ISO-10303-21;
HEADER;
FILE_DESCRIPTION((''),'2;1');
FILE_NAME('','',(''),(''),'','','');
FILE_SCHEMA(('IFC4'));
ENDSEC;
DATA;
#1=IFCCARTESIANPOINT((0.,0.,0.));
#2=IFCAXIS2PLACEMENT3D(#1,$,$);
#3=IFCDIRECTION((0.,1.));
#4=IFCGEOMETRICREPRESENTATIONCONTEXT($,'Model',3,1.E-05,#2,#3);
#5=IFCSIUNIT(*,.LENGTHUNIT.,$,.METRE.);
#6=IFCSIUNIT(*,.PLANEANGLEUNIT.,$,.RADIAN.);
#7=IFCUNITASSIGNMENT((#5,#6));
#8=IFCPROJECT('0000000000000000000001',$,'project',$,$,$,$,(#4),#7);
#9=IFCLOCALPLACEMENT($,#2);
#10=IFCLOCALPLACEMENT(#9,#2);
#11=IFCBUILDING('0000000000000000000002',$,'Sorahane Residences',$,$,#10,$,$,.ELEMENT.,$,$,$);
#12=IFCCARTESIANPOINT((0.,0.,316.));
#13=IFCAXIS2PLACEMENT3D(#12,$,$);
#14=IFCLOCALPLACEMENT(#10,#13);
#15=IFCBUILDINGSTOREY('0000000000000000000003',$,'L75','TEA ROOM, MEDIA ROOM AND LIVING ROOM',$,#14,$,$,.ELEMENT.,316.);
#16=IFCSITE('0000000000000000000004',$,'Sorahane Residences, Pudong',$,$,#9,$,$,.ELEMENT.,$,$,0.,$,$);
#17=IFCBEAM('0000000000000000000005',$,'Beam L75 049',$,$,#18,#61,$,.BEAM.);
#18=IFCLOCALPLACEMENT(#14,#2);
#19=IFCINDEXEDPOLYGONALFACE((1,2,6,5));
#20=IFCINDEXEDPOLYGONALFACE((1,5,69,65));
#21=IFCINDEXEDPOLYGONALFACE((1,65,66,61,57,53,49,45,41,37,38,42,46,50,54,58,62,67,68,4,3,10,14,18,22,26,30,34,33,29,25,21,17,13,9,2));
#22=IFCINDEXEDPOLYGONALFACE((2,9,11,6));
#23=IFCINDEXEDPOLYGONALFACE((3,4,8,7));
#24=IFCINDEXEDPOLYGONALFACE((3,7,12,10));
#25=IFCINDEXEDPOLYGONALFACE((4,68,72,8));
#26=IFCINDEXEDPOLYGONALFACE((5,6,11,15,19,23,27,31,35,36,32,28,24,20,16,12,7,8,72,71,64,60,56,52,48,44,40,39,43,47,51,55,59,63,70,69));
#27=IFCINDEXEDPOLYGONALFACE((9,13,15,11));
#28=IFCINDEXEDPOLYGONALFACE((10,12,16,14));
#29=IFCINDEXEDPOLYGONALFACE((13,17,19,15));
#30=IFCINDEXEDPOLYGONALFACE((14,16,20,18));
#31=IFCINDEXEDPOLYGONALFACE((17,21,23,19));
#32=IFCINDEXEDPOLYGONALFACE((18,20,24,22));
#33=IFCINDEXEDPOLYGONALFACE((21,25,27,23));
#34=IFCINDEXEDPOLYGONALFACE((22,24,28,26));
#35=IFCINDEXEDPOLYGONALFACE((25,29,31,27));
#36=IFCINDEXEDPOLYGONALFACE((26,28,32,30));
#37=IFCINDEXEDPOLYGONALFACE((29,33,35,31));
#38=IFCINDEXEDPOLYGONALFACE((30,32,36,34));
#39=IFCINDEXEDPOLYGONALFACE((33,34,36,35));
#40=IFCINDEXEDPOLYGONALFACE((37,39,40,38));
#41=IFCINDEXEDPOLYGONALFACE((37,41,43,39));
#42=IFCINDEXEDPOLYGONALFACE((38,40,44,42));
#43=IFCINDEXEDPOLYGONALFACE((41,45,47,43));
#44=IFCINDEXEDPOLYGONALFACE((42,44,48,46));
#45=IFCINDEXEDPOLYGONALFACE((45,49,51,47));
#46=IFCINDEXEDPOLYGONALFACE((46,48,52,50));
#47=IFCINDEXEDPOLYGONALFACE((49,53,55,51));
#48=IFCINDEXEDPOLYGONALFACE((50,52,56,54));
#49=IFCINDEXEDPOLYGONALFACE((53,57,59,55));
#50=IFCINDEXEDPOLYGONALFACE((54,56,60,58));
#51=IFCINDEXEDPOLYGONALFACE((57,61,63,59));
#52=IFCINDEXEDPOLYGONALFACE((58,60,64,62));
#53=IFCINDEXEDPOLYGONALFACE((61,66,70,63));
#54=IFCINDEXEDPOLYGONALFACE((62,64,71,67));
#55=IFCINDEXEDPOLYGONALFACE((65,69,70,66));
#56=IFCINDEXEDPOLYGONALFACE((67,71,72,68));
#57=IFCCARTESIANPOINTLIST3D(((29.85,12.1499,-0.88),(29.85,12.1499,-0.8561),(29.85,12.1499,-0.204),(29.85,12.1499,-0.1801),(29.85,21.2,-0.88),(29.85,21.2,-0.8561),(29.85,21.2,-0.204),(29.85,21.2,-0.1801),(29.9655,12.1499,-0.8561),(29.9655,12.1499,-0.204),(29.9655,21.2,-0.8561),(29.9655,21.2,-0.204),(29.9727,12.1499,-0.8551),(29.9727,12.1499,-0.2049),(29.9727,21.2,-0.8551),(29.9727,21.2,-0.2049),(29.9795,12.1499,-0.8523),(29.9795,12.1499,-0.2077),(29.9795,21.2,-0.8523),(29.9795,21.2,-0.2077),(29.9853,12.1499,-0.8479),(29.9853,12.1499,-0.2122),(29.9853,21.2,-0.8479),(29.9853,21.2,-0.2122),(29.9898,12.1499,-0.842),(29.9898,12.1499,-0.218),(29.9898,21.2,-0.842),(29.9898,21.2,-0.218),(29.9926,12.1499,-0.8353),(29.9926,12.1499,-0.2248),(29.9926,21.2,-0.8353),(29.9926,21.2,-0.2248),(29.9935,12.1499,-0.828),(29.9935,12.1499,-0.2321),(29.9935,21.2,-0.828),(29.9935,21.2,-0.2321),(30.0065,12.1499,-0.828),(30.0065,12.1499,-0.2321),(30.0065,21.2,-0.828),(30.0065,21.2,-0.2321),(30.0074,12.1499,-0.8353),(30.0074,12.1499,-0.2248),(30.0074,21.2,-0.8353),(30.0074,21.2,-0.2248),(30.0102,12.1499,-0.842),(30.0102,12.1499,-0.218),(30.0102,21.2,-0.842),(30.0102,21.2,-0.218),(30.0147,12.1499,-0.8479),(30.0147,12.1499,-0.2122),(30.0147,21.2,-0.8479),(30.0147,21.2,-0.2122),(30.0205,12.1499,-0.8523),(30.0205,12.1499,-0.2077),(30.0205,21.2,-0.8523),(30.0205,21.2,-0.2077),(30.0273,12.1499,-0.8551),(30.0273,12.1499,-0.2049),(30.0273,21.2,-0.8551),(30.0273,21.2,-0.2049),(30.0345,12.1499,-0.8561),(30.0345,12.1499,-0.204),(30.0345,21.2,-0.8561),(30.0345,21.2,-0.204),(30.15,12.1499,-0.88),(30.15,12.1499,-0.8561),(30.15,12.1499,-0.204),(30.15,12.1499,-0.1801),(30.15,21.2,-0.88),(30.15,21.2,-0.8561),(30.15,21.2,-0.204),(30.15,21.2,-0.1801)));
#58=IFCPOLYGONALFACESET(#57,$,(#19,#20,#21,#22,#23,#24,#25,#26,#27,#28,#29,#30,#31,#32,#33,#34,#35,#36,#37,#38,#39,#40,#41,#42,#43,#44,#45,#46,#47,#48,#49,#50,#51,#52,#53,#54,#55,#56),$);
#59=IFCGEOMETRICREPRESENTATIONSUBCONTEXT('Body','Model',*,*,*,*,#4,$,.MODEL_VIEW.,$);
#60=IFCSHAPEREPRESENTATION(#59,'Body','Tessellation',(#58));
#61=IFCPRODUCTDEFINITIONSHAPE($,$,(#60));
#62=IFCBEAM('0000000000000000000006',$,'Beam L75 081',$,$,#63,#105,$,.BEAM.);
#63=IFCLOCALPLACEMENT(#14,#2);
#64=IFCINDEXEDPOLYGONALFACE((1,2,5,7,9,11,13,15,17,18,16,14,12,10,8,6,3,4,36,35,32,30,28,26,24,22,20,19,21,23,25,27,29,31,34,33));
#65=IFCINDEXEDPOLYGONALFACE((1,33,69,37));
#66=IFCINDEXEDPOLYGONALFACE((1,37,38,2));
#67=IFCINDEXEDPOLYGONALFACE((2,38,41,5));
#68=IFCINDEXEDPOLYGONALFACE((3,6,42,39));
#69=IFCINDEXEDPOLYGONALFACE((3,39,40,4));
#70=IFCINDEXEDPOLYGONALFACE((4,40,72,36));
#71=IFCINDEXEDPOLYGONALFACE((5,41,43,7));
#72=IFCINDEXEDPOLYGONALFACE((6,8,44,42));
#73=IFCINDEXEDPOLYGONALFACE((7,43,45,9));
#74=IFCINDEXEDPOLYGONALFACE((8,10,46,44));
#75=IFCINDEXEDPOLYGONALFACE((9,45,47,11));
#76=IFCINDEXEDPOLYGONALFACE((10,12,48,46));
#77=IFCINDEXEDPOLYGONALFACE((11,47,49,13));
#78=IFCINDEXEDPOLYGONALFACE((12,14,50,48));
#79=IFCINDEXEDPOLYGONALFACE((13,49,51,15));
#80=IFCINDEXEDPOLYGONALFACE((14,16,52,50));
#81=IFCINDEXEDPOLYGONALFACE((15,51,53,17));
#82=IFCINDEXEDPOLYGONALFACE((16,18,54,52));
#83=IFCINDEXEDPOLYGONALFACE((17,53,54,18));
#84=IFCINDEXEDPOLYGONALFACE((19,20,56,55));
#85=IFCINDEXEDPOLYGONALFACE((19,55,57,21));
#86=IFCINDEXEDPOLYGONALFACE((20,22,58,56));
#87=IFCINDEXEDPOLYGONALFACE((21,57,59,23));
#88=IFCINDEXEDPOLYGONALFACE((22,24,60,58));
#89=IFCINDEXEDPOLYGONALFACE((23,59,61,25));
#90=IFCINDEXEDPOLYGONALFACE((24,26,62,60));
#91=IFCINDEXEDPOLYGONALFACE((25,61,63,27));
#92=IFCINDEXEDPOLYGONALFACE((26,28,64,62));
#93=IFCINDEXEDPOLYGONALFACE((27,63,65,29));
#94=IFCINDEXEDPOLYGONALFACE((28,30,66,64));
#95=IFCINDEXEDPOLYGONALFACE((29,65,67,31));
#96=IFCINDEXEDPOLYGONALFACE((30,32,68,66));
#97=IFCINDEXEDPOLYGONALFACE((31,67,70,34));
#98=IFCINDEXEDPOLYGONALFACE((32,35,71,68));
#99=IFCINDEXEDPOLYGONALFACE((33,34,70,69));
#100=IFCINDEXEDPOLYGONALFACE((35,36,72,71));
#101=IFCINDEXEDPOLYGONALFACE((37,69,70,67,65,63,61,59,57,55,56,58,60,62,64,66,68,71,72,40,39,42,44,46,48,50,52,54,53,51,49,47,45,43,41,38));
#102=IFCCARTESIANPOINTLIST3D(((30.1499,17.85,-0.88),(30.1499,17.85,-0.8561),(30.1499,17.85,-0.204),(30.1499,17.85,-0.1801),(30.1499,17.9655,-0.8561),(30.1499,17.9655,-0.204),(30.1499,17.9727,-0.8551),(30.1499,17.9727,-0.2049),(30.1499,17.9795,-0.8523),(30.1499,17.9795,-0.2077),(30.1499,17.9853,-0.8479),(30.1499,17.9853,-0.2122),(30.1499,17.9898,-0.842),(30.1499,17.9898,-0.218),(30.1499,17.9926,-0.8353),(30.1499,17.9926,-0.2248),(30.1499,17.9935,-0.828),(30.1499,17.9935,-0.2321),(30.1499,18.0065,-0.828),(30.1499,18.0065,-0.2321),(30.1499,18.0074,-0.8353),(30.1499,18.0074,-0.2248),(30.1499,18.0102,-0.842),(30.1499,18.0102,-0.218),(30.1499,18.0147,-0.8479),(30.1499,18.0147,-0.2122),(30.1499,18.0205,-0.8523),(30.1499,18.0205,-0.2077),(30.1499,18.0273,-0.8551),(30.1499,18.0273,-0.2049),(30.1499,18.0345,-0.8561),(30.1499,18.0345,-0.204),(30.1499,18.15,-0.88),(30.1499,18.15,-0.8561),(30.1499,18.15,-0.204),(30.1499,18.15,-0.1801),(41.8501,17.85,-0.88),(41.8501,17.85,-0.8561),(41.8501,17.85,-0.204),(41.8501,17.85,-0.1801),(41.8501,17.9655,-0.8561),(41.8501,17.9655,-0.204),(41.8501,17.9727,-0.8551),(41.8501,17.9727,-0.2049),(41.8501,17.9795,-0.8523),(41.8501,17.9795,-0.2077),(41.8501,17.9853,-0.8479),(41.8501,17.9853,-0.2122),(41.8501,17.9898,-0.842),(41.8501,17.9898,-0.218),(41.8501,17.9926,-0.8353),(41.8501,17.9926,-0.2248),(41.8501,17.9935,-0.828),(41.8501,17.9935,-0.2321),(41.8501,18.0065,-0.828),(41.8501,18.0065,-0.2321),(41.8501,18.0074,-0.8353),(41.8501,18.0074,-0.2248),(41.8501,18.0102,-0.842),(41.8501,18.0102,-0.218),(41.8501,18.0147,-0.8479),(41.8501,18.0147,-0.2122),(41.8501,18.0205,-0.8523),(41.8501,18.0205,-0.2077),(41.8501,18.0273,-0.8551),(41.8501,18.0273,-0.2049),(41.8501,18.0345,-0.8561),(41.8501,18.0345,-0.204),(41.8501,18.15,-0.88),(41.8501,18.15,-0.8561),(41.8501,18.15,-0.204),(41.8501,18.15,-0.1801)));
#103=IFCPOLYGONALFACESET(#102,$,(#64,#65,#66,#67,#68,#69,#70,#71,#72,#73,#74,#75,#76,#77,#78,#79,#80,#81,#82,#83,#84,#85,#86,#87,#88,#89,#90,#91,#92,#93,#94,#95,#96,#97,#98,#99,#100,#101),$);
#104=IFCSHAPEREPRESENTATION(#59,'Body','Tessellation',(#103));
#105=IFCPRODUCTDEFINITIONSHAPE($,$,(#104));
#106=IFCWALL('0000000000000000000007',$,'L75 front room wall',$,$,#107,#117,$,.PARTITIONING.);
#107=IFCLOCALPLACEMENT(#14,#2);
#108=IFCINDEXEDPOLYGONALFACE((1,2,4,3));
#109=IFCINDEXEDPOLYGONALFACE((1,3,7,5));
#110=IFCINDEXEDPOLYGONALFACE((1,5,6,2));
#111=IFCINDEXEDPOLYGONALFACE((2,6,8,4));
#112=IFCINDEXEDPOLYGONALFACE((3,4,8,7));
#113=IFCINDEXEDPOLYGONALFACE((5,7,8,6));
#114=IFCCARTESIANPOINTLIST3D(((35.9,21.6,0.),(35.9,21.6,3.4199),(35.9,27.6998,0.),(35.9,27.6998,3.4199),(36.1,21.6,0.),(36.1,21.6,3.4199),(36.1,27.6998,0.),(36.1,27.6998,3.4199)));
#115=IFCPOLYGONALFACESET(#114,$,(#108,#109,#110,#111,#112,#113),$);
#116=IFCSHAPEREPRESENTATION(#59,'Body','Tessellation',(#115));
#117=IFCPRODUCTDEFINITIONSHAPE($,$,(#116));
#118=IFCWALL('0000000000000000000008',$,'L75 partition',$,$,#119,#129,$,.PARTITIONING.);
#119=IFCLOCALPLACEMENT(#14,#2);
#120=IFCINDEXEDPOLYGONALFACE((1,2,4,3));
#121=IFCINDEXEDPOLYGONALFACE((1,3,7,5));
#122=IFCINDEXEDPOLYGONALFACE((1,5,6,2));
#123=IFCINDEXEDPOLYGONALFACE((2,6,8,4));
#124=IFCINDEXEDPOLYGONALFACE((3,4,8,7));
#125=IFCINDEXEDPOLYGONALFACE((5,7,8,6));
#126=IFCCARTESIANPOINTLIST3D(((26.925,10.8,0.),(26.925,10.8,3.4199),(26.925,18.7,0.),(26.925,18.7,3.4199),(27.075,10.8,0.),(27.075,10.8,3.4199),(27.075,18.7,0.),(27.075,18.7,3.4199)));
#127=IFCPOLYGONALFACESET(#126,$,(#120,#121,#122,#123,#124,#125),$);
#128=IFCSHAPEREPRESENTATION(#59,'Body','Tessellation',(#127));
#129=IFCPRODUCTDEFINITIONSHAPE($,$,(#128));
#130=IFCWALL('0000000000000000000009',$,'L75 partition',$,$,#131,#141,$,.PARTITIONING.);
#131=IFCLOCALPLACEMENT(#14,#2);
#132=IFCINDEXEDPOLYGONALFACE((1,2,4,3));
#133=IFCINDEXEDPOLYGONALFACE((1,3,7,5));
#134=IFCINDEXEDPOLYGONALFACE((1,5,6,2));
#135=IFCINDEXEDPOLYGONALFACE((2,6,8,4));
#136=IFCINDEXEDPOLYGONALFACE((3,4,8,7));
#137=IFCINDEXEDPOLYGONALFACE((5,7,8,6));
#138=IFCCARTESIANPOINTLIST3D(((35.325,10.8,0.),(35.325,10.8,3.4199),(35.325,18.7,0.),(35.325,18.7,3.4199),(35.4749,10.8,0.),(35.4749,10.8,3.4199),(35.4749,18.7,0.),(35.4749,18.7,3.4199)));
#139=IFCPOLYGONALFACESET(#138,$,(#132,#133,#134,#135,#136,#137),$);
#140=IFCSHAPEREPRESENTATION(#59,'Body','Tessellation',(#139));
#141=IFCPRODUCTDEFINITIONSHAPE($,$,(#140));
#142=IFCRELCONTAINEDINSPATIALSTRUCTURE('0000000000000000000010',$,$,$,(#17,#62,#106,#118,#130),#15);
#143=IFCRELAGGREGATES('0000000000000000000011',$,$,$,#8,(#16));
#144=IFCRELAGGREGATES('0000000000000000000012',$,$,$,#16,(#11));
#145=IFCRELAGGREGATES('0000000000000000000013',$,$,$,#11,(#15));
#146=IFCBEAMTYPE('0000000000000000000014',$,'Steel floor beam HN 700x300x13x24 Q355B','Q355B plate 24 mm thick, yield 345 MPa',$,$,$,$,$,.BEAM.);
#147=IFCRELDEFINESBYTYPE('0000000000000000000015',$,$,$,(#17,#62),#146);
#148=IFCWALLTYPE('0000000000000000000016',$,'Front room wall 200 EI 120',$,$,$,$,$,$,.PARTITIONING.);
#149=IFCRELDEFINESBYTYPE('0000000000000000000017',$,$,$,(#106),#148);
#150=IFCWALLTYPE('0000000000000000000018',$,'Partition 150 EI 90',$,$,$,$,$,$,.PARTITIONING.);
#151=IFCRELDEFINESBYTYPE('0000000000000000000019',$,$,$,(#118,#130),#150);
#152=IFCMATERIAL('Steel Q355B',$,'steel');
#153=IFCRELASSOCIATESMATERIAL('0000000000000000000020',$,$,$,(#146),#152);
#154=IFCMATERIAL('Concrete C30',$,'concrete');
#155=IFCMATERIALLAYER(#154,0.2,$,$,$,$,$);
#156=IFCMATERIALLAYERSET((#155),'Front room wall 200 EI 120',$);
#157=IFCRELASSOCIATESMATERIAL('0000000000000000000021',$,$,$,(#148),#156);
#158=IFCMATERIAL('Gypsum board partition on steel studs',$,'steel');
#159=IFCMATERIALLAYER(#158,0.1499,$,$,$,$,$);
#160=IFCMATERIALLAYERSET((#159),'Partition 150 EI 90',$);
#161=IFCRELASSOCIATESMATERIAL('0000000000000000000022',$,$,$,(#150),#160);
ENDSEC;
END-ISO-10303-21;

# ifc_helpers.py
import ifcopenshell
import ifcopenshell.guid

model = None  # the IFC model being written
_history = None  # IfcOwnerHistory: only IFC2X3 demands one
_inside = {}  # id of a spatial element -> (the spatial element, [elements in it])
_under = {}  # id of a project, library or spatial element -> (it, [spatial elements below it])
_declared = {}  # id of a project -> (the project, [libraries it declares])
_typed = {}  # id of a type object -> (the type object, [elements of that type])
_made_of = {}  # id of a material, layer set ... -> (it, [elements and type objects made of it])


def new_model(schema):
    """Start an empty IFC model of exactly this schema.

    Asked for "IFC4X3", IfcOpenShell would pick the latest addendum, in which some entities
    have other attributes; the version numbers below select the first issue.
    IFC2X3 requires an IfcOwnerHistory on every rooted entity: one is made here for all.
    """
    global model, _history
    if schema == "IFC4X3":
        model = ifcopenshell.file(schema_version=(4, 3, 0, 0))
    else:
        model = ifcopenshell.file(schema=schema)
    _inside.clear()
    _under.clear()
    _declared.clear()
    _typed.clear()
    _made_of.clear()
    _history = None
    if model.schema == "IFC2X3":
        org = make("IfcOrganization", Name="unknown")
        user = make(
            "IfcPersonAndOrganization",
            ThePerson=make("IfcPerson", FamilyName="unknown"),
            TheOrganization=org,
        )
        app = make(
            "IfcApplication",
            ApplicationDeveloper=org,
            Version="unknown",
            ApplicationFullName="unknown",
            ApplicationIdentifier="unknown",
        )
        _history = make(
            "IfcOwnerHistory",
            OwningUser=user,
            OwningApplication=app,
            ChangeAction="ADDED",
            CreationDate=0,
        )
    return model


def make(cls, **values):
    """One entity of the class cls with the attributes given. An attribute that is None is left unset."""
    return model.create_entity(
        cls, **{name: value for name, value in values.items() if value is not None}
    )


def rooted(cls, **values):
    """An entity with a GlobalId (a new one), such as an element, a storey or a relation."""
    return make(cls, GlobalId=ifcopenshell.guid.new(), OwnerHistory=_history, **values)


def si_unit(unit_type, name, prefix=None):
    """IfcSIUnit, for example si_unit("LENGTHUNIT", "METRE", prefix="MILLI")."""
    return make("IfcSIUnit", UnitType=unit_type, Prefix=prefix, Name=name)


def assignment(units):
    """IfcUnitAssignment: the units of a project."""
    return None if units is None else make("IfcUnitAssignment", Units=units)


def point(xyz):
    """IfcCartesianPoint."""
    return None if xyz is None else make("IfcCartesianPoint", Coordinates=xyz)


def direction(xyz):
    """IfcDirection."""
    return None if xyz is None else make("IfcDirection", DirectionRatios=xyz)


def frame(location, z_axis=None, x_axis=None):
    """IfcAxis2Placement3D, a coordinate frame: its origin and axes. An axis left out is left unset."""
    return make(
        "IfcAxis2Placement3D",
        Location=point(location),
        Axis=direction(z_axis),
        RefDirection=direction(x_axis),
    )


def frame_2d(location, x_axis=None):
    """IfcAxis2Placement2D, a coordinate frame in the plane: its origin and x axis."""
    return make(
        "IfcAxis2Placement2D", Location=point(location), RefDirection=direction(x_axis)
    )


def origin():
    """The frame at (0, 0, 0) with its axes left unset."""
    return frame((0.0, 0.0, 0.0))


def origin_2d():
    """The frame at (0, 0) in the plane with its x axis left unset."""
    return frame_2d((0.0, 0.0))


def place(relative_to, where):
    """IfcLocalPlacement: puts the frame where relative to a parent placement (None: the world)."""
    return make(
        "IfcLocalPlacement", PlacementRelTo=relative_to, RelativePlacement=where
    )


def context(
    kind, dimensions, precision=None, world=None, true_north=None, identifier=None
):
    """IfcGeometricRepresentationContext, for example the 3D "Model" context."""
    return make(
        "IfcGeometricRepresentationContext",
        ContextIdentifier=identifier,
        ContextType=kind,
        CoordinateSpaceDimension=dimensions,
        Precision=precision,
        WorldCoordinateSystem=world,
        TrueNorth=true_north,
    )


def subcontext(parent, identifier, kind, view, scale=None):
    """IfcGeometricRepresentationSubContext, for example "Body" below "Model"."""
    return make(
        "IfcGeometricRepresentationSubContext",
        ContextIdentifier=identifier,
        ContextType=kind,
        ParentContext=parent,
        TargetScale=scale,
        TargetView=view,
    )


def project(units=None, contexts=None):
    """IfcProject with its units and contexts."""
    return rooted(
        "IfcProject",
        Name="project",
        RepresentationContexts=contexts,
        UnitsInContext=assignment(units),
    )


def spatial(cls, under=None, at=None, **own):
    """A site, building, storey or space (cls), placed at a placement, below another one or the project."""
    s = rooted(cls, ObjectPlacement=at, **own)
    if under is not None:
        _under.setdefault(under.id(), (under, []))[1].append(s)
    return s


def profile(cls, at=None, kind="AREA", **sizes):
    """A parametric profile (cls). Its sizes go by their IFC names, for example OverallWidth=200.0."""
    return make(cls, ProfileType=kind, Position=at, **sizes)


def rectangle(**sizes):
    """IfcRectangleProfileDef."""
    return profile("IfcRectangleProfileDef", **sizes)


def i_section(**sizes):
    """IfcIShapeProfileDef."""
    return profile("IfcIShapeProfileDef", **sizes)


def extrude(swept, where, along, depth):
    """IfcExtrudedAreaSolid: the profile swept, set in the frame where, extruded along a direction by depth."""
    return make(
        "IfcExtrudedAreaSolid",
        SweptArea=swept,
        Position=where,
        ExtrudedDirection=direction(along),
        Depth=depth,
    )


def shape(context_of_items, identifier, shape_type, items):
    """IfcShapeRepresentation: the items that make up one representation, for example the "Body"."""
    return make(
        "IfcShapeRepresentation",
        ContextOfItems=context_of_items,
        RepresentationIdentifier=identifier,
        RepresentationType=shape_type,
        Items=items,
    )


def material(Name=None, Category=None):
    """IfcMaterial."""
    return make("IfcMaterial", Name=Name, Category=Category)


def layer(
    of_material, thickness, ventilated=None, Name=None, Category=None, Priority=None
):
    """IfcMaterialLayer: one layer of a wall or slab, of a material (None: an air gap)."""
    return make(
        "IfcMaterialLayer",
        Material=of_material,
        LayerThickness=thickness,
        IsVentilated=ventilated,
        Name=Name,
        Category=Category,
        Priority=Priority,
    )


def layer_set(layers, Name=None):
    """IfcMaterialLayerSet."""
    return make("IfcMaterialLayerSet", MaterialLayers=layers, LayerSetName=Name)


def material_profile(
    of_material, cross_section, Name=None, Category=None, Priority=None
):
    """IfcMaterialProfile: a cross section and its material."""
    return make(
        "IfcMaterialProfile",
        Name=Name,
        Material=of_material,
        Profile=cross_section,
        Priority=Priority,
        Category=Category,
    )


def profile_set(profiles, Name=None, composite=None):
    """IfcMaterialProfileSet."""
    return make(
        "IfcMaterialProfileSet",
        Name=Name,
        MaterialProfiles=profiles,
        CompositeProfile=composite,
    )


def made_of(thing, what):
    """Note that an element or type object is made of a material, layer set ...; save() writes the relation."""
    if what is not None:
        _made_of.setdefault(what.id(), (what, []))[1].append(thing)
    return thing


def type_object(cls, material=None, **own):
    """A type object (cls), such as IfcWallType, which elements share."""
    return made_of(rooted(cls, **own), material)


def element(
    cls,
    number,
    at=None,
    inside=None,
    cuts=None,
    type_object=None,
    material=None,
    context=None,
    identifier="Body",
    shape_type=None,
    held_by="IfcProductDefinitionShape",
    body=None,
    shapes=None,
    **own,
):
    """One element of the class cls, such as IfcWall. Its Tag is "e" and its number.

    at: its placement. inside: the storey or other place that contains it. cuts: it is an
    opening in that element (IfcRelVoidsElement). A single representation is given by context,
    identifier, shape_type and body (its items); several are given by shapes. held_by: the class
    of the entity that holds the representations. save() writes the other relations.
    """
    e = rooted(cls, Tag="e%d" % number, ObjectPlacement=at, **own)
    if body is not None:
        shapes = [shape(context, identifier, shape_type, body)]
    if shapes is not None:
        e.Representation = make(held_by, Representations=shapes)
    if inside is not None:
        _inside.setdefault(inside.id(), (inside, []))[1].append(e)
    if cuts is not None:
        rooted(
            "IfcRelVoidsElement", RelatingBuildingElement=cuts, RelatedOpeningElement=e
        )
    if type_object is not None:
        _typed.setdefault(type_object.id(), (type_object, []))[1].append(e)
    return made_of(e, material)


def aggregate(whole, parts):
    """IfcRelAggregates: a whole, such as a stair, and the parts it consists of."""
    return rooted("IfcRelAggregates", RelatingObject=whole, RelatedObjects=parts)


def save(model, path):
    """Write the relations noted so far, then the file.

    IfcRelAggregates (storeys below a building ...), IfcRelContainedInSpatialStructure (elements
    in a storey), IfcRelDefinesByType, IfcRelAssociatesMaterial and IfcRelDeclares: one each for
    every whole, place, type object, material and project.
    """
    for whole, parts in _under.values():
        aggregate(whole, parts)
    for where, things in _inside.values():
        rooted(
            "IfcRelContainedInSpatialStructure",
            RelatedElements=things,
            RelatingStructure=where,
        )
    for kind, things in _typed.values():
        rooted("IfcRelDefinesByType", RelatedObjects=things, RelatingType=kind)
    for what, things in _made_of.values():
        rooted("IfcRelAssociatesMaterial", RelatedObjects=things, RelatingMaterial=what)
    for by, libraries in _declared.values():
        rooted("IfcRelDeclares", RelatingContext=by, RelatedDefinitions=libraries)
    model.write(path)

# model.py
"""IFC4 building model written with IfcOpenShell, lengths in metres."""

from ifc_helpers import new_model, si_unit, direction, frame, frame_2d, origin, origin_2d, place, context, subcontext, project, spatial, rectangle, i_section, extrude, material, layer, layer_set, material_profile, profile_set, type_object, element, save


model = new_model("IFC4")

# Units and contexts
model_context = context("Model", 3, precision=1e-05, world=origin(), true_north=direction((0.0, 1.0)))
body_context = subcontext(model_context, "Body", "Model", "MODEL_VIEW")
ifc_project = project(units=[si_unit("LENGTHUNIT", "METRE"), si_unit("PLANEANGLEUNIT", "RADIAN")], contexts=[model_context])

# Site, building, storey
site_placement = place(None, origin())
site = spatial("IfcSite", under=ifc_project, at=site_placement, Name="Sorahane Residences, Pudong", CompositionType="ELEMENT", RefElevation=0.0)
building_placement = place(site_placement, origin())
building = spatial("IfcBuilding", under=site, at=building_placement, Name="Sorahane Residences", CompositionType="ELEMENT")
storey_placement = place(building_placement, frame((0.0, 0.0, 316.0)))
storey = spatial("IfcBuildingStorey", under=building, at=storey_placement, Name="L75", Description="TEA ROOM, MEDIA ROOM AND LIVING ROOM", CompositionType="ELEMENT", Elevation=316.0)

# Beams
ifc_material_1 = material(Name="Steel Q355B", Category="steel")
ifc_material_profile_1 = material_profile(ifc_material_1, i_section(OverallWidth=0.3, OverallDepth=0.7, WebThickness=0.0129, FlangeThickness=0.0239, FilletRadius=0.0281, at=origin_2d()), Name="HN 700x300x13x24")
ifc_profile_set_1 = profile_set([ifc_material_profile_1], Name="Steel Q355B")
beam_type_1 = type_object("IfcBeamType", Name="Steel floor beam HN 700x300x13x24 Q355B", Description="Q355B plate 24 mm thick, yield 345 MPa", PredefinedType="BEAM", material=ifc_profile_set_1)
beam_1_placement = place(storey_placement, frame((30.0, 12.1499, -0.53), z_axis=(0.0, 1.0, 0.0), x_axis=(-1.0, 0.0, 0.0)))
element("IfcBeam", 1, at=beam_1_placement, inside=storey, type_object=beam_type_1, Name="Beam L75 049", PredefinedType="BEAM", context=body_context, shape_type="SweptSolid", body=[
    extrude(i_section(OverallWidth=0.3, OverallDepth=0.7, WebThickness=0.0129, FlangeThickness=0.0239, FilletRadius=0.0281, at=origin_2d()), origin(), (0.0, 0.0, 1.0), 9.05),
])
beam_2_placement = place(storey_placement, frame((30.1499, 18.0, -0.53), z_axis=(1.0, 0.0, 0.0), x_axis=(0.0, 1.0, 0.0)))
element("IfcBeam", 2, at=beam_2_placement, inside=storey, type_object=beam_type_1, Name="Beam L75 081", PredefinedType="BEAM", context=body_context, shape_type="SweptSolid", body=[
    extrude(i_section(OverallWidth=0.3, OverallDepth=0.7, WebThickness=0.0129, FlangeThickness=0.0239, FilletRadius=0.0281, at=origin_2d()), origin(), (0.0, 0.0, 1.0), 11.7002),
])

# Walls
ifc_material_2 = material(Name="Concrete C30", Category="concrete")
ifc_layer_1 = layer(ifc_material_2, 0.2)
ifc_layer_set_1 = layer_set([ifc_layer_1], Name="Front room wall 200 EI 120")
wall_type_1 = type_object("IfcWallType", Name="Front room wall 200 EI 120", PredefinedType="PARTITIONING", material=ifc_layer_set_1)
wall_1_placement = place(storey_placement, frame((36.0, 21.6001, 0.0), z_axis=(0.0, 0.0, 1.0), x_axis=(0.0, 1.0, 0.0)))
element("IfcWall", 3, at=wall_1_placement, inside=storey, type_object=wall_type_1, Name="L75 front room wall", PredefinedType="PARTITIONING", context=body_context, shape_type="SweptSolid", body=[
    extrude(rectangle(XDim=6.0999, YDim=0.2, at=frame_2d((3.0498, 0.0))), origin(), (0.0, 0.0, 1.0), 3.4199),
])
ifc_material_3 = material(Name="Gypsum board partition on steel studs", Category="steel")
ifc_layer_2 = layer(ifc_material_3, 0.1499)
ifc_layer_set_2 = layer_set([ifc_layer_2], Name="Partition 150 EI 90")
wall_type_2 = type_object("IfcWallType", Name="Partition 150 EI 90", PredefinedType="PARTITIONING", material=ifc_layer_set_2)
for number, where, z_axis, x_axis, name in (
    (4, (27.0, 10.8, 0.0), (0.0, 0.0, 1.0), (0.0, 1.0, 0.0), "L75 partition"),
    (5, (35.3999, 10.8, 0.0), (0.0, 0.0, 1.0), (0.0, 1.0, 0.0), "L75 partition"),
):
    element("IfcWall", number, at=place(storey_placement, frame(where, z_axis=z_axis, x_axis=x_axis)), inside=storey, type_object=wall_type_2, Name=name, PredefinedType="PARTITIONING", context=body_context, shape_type="SweptSolid", body=[
        extrude(rectangle(XDim=7.8999, YDim=0.1499, at=frame_2d((3.95, 0.0))), origin(), (0.0, 0.0, 1.0), 3.4199),
    ])

save(model, "model.ifc")
